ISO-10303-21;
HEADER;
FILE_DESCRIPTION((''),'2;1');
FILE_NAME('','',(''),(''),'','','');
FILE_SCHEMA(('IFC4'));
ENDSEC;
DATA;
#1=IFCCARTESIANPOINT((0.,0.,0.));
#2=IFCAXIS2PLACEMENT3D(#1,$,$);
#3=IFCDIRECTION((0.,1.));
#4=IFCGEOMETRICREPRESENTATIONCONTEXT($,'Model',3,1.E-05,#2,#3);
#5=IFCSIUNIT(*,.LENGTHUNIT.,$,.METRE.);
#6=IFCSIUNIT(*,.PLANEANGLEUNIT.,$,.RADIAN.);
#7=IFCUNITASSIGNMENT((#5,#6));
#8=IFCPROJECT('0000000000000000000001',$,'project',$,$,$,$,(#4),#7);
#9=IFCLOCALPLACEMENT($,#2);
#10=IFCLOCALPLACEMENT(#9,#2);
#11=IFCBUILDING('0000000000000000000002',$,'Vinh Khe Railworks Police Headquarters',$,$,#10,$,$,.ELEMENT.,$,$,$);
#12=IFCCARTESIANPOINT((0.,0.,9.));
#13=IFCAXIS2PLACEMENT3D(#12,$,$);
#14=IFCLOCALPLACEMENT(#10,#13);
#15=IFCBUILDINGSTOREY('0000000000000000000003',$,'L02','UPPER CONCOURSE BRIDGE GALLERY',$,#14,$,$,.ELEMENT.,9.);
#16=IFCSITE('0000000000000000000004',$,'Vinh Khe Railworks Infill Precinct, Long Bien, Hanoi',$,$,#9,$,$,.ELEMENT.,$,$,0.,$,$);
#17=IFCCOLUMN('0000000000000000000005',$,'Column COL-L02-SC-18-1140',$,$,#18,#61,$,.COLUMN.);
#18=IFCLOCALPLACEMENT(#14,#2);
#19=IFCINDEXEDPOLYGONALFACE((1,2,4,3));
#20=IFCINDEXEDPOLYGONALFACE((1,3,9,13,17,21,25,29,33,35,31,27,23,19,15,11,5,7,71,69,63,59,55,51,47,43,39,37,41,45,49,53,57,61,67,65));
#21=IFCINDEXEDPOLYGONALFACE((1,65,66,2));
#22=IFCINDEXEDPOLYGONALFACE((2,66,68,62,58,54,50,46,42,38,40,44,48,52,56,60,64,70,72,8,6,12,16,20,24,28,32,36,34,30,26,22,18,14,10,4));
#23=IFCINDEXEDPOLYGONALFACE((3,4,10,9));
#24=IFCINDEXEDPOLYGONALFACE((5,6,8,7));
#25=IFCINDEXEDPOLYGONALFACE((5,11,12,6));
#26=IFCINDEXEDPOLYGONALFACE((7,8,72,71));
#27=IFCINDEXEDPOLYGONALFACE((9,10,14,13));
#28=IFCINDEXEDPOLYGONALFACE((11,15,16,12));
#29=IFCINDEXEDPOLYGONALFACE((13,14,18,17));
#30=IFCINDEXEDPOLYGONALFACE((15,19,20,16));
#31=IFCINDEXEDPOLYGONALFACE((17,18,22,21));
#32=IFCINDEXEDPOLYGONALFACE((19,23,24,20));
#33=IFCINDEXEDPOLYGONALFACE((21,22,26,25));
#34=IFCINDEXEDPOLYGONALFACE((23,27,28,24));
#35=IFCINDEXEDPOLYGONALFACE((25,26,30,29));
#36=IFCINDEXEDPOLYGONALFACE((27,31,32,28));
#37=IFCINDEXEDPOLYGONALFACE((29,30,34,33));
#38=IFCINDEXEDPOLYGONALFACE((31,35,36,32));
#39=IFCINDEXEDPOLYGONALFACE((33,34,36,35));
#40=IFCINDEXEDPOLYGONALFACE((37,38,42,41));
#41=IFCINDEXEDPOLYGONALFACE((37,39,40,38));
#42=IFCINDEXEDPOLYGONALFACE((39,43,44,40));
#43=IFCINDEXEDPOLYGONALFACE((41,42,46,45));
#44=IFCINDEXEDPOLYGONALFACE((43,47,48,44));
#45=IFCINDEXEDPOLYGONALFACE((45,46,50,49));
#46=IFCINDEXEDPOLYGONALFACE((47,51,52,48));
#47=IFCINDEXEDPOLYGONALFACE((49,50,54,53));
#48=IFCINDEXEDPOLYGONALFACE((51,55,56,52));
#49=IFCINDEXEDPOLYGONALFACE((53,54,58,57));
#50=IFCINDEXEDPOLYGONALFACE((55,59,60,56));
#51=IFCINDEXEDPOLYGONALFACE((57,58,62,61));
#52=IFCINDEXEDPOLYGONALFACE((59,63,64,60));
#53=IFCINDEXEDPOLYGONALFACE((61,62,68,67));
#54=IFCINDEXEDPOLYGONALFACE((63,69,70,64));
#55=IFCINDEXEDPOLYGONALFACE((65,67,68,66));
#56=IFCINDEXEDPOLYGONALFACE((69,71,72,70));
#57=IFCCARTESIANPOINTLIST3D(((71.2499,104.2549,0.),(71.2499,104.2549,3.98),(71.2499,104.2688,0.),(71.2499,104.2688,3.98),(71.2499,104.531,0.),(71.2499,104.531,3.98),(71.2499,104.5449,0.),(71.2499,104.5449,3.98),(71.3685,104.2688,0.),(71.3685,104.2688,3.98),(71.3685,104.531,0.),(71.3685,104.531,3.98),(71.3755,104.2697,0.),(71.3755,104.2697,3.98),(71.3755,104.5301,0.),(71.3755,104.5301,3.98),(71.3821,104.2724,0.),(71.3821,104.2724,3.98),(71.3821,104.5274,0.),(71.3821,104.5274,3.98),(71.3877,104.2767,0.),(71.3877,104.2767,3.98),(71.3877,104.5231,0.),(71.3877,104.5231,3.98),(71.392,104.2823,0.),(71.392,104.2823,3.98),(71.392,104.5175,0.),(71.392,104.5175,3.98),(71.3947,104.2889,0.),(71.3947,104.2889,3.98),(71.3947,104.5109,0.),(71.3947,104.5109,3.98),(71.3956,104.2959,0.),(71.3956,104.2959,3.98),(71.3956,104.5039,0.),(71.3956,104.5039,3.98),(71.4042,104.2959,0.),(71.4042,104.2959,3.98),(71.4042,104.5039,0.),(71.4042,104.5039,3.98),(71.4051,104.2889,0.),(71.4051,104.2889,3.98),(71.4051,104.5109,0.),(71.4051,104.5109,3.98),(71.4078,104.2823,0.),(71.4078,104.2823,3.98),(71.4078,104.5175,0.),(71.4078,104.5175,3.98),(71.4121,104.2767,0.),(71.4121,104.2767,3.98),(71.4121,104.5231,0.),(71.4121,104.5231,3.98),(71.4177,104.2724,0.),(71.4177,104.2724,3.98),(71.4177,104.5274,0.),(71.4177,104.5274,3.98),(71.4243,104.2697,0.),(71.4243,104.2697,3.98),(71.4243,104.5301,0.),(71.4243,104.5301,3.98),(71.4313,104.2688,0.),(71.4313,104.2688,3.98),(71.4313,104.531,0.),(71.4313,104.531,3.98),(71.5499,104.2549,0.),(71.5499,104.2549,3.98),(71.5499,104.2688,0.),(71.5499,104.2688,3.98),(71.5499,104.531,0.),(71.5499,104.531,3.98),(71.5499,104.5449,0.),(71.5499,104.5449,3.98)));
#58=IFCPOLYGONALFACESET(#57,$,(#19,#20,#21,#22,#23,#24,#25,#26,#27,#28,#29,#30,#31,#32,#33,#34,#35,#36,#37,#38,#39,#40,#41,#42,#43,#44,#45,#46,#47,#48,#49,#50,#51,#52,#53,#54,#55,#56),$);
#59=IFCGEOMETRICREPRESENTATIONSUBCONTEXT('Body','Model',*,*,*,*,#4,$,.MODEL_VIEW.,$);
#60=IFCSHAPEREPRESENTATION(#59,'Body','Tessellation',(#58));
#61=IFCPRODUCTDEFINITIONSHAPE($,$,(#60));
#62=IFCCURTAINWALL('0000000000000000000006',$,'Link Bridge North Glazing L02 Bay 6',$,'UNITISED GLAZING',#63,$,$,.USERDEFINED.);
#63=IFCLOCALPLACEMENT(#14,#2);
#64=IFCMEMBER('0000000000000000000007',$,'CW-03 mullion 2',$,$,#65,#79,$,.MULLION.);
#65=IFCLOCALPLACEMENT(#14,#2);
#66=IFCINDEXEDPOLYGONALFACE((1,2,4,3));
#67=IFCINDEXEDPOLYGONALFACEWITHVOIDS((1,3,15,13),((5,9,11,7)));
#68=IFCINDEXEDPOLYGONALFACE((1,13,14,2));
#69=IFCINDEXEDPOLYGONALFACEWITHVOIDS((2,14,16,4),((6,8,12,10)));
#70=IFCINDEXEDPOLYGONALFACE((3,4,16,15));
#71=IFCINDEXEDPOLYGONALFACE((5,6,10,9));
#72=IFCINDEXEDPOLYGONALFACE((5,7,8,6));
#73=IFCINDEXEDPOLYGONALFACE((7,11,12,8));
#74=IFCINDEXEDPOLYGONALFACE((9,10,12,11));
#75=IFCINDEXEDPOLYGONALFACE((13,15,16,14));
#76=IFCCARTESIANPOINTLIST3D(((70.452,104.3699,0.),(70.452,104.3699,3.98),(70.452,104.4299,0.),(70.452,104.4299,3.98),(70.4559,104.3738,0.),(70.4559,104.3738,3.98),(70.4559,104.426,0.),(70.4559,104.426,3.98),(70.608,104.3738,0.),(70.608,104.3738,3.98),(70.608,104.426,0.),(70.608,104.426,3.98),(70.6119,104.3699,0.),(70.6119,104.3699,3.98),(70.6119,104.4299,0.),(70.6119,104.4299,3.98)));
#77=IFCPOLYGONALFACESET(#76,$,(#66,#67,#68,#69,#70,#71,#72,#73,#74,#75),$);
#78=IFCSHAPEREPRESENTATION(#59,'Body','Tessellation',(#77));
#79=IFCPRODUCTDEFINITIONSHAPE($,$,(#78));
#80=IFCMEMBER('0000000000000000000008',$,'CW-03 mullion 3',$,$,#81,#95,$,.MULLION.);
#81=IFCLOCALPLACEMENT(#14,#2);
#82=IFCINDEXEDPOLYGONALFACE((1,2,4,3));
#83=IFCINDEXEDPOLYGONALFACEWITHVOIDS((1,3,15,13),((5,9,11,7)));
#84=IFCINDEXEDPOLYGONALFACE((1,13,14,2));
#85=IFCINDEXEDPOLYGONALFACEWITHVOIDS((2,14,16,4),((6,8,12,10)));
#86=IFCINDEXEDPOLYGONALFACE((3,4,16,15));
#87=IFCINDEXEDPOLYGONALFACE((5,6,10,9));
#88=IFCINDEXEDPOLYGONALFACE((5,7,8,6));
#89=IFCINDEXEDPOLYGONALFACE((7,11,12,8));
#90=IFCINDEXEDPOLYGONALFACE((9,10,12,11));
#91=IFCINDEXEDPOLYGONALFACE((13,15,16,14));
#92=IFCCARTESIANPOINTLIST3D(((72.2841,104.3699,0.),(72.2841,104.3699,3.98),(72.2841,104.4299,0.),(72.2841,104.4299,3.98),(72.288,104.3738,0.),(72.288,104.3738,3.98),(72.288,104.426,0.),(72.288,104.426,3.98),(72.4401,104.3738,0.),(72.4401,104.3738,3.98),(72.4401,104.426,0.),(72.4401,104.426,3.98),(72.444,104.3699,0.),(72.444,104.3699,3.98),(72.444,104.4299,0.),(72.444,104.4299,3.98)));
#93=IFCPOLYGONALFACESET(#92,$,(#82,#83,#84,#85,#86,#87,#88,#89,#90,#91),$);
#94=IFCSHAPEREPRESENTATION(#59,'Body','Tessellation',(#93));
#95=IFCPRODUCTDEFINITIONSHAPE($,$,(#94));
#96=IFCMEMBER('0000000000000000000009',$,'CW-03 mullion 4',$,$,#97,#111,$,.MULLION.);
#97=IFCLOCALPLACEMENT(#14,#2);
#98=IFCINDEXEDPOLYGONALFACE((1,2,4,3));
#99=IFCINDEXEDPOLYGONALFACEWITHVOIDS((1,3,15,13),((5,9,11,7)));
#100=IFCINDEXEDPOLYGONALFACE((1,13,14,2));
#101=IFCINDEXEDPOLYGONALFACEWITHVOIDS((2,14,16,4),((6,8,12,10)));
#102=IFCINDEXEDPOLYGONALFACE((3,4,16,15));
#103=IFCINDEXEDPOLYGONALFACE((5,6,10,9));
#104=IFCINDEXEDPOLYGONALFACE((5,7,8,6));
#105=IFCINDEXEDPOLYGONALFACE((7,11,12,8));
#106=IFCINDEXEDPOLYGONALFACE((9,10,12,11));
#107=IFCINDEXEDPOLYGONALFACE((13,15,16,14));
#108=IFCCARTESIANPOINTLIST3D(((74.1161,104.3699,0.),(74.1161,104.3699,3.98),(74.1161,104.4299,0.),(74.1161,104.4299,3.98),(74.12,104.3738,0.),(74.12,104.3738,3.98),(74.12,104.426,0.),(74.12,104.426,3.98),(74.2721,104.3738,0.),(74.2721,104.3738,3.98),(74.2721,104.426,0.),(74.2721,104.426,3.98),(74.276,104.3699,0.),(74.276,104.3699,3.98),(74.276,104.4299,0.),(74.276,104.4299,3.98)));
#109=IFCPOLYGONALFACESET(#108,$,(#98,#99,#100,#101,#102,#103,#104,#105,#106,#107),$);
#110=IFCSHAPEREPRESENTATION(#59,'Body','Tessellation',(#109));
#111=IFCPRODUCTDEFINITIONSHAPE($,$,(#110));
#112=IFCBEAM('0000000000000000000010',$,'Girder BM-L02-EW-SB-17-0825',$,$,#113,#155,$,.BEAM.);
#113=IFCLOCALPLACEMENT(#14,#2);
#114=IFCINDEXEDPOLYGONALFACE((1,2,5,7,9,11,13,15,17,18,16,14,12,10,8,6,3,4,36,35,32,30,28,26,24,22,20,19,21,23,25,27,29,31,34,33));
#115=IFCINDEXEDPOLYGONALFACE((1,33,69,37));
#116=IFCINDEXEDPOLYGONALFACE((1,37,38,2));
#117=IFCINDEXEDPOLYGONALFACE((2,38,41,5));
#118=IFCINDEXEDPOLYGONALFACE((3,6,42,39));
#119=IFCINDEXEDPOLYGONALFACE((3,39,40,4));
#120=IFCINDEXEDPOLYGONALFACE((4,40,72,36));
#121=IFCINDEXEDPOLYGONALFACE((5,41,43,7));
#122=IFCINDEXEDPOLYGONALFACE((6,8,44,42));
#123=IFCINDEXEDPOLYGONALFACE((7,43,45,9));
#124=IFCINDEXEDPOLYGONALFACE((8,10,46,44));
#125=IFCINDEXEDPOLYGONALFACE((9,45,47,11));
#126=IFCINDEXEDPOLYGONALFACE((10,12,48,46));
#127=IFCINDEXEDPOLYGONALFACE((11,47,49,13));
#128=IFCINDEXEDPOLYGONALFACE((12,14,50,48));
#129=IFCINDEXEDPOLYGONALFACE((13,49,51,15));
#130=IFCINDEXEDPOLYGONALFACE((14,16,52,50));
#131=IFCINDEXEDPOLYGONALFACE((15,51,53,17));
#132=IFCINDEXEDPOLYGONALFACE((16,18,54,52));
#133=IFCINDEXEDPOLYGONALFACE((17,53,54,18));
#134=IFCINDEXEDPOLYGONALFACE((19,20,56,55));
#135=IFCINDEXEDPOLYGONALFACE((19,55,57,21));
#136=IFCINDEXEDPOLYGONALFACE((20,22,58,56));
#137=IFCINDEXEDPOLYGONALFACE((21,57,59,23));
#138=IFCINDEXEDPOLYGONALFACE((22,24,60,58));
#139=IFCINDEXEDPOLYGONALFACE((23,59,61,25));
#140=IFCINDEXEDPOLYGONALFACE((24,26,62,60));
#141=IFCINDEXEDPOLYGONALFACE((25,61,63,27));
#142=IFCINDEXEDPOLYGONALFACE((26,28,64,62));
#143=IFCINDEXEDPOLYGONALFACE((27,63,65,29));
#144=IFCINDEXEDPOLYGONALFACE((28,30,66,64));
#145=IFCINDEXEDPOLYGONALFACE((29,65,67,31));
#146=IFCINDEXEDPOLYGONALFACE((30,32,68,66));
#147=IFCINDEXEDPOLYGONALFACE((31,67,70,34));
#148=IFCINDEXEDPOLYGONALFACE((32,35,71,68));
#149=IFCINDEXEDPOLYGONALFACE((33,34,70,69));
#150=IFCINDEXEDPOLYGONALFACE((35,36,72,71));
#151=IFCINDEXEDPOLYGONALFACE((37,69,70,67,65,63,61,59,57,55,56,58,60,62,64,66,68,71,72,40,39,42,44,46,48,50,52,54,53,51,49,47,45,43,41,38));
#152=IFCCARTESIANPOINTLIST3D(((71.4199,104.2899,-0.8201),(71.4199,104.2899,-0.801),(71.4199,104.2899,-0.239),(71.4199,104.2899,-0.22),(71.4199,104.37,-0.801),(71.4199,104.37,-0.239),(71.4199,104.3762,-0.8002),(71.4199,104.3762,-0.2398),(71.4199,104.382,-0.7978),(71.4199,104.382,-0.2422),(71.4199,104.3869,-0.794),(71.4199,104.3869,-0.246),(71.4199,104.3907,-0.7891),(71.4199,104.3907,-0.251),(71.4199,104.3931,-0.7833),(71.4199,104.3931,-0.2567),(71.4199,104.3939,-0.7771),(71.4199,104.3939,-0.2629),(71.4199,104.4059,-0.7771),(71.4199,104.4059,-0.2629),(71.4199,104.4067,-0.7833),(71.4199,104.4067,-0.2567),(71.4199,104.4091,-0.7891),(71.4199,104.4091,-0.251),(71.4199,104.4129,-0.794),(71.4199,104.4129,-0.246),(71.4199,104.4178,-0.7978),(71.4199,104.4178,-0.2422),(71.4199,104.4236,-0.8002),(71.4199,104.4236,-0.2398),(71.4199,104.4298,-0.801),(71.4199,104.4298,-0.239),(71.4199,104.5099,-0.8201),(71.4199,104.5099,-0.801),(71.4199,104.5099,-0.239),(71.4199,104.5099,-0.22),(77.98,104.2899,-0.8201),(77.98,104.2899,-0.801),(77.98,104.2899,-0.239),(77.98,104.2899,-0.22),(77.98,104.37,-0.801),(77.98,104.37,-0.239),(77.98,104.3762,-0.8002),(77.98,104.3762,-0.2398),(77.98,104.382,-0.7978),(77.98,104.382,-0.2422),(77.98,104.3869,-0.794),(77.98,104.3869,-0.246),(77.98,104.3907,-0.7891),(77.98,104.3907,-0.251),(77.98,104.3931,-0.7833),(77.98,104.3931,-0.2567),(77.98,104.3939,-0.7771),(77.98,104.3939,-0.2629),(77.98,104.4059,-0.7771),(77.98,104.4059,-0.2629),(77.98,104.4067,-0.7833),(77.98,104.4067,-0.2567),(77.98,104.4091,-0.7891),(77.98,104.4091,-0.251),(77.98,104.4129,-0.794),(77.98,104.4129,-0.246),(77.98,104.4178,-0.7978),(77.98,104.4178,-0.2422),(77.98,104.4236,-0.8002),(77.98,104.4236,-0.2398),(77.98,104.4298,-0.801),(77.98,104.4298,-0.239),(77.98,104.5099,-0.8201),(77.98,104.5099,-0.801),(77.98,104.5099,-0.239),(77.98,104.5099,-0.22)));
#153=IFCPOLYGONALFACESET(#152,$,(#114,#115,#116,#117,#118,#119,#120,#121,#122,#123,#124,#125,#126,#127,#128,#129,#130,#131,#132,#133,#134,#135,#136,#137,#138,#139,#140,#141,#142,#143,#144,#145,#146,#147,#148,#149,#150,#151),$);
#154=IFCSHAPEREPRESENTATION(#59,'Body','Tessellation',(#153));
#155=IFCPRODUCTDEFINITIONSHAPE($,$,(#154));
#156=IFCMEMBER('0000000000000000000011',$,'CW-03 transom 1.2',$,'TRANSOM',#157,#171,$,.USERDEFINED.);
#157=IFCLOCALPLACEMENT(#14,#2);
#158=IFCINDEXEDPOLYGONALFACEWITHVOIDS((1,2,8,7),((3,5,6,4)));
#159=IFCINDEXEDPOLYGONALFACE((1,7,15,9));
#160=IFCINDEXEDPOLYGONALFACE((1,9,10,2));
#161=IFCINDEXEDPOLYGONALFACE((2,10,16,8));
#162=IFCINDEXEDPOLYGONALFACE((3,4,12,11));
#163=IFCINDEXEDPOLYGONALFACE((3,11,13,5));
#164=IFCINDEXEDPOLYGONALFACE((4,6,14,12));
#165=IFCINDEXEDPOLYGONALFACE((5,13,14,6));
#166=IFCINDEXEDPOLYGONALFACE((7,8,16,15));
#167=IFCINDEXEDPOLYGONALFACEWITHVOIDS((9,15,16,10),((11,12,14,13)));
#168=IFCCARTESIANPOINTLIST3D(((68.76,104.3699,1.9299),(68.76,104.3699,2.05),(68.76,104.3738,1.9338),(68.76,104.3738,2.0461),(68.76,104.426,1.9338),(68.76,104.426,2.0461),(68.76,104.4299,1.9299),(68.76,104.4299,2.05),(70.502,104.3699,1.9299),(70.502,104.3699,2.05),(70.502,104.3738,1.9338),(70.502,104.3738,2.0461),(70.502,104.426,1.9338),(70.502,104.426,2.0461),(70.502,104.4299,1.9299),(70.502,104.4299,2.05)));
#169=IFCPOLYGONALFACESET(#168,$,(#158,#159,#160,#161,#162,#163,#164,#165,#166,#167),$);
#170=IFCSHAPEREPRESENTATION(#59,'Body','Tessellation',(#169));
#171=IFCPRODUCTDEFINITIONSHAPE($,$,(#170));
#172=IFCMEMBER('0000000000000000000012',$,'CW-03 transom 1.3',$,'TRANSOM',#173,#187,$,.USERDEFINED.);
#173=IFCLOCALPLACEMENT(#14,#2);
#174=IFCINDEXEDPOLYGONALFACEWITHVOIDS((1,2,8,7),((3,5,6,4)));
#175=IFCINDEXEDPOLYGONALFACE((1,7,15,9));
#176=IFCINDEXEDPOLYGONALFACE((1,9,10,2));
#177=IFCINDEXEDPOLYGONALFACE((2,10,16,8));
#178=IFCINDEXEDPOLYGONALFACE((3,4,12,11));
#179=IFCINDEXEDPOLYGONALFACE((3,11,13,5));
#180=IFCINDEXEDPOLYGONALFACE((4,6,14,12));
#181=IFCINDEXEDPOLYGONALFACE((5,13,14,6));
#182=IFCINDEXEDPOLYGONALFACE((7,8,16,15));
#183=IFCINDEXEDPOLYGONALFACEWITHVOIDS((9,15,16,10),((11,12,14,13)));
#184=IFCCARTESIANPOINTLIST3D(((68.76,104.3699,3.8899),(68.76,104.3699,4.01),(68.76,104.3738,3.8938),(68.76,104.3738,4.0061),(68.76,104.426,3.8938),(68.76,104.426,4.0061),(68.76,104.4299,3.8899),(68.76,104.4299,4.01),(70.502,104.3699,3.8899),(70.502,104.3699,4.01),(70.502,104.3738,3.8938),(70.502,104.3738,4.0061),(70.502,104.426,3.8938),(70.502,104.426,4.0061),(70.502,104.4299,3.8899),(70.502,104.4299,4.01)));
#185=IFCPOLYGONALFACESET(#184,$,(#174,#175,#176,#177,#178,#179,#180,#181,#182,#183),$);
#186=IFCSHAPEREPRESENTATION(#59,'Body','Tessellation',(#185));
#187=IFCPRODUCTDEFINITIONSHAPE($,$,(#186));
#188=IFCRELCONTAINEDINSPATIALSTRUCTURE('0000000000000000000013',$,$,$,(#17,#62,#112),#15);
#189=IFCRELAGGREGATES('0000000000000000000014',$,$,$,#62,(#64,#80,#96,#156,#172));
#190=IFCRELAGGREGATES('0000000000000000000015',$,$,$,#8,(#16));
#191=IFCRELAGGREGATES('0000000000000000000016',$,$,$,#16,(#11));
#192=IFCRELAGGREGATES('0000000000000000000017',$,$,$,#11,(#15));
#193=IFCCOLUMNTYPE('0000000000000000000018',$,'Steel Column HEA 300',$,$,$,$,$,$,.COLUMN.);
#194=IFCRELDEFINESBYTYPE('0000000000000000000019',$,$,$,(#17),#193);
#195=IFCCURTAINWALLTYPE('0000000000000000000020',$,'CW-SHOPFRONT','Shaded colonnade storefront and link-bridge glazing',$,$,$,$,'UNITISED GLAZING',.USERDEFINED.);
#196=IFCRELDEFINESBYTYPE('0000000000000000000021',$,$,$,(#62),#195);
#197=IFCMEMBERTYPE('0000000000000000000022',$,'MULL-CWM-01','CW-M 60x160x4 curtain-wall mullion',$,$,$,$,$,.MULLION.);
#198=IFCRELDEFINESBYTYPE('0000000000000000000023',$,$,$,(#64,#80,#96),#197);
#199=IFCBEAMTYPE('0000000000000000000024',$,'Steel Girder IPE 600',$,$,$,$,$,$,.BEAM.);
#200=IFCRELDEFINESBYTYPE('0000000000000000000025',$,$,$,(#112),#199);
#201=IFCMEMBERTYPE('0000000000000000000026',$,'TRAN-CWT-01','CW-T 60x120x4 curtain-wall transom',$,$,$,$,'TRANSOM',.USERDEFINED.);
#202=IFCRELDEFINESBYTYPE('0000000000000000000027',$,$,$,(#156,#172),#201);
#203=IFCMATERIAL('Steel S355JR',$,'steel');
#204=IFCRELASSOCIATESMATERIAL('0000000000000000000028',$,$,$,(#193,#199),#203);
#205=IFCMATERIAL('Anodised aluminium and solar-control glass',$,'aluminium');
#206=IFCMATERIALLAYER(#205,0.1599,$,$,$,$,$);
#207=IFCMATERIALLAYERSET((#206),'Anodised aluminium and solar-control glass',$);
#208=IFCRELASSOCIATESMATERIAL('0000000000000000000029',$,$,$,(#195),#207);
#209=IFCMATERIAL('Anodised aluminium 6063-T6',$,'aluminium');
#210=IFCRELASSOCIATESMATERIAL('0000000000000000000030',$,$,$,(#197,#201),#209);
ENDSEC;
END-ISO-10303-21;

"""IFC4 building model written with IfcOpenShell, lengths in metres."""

from ifc_helpers import new_model, si_unit, direction, frame, origin, origin_2d, place, context, subcontext, project, spatial, hollow_rectangle, i_section, extrude, material, layer, layer_set, material_profile, profile_set, type_object, element, aggregate, save


model = new_model("IFC4")

# Units and contexts
model_context = context("Model", 3, precision=1e-05, world=origin(), true_north=direction((0.0, 1.0)))
body_context = subcontext(model_context, "Body", "Model", "MODEL_VIEW")
ifc_project = project(units=[si_unit("LENGTHUNIT", "METRE"), si_unit("PLANEANGLEUNIT", "RADIAN")], contexts=[model_context])

# Site, building, storey
site_placement = place(None, origin())
site = spatial("IfcSite", under=ifc_project, at=site_placement, Name="Vinh Khe Railworks Infill Precinct, Long Bien, Hanoi", CompositionType="ELEMENT", RefElevation=0.0)
building_placement = place(site_placement, origin())
building = spatial("IfcBuilding", under=site, at=building_placement, Name="Vinh Khe Railworks Police Headquarters", CompositionType="ELEMENT")
storey_placement = place(building_placement, frame((0.0, 0.0, 9.0)))
storey = spatial("IfcBuildingStorey", under=building, at=storey_placement, Name="L02", Description="UPPER CONCOURSE BRIDGE GALLERY", CompositionType="ELEMENT", Elevation=9.0)

# Column
ifc_material_1 = material(Name="Steel S355JR", Category="steel")
ifc_material_profile_1 = material_profile(ifc_material_1, i_section(OverallWidth=0.3, OverallDepth=0.29, WebThickness=0.0085, FlangeThickness=0.0139, FilletRadius=0.0271, at=origin_2d()), Name="HEA 300")
ifc_profile_set_1 = profile_set([ifc_material_profile_1], Name="Steel S355JR")
column_type = type_object("IfcColumnType", Name="Steel Column HEA 300", PredefinedType="COLUMN", material=ifc_profile_set_1)
column_placement = place(storey_placement, frame((71.3999, 104.3999, 0.0), z_axis=(0.0, 0.0, 1.0), x_axis=(1.0, 0.0, 0.0)))
element("IfcColumn", 1, at=column_placement, inside=storey, type_object=column_type, Name="Column COL-L02-SC-18-1140", PredefinedType="COLUMN", context=body_context, shape_type="SweptSolid", body=[
    extrude(i_section(OverallWidth=0.3, OverallDepth=0.29, WebThickness=0.0085, FlangeThickness=0.0139, FilletRadius=0.0271, at=origin_2d()), origin(), (0.0, 0.0, 1.0), 3.98),
])

# Curtain wall, members
ifc_material_2 = material(Name="Anodised aluminium and solar-control glass", Category="aluminium")
ifc_layer_1 = layer(ifc_material_2, 0.1599)
ifc_layer_set_1 = layer_set([ifc_layer_1], Name="Anodised aluminium and solar-control glass")
curtain_wall_type = type_object("IfcCurtainWallType", Name="CW-SHOPFRONT", Description="Shaded colonnade storefront and link-bridge glazing", ElementType="UNITISED GLAZING", PredefinedType="USERDEFINED", material=ifc_layer_set_1)
curtain_wall_placement = place(storey_placement, origin())
curtain_wall = element("IfcCurtainWall", 2, at=curtain_wall_placement, inside=storey, type_object=curtain_wall_type, Name="Link Bridge North Glazing L02 Bay 6", ObjectType="UNITISED GLAZING", PredefinedType="USERDEFINED")
ifc_material_3 = material(Name="Anodised aluminium 6063-T6", Category="aluminium")
ifc_material_profile_2 = material_profile(ifc_material_3, hollow_rectangle(XDim=0.0601, YDim=0.1599, WallThickness=0.0039, at=origin_2d()), Name="CW-M 60x160x4")
ifc_profile_set_2 = profile_set([ifc_material_profile_2], Name="Anodised aluminium 6063-T6")
member_type_1 = type_object("IfcMemberType", Name="MULL-CWM-01", Description="CW-M 60x160x4 curtain-wall mullion", PredefinedType="MULLION", material=ifc_profile_set_2)
member_1_placement = place(storey_placement, frame((70.532, 104.3999, 0.0), z_axis=(0.0, 0.0, 1.0), x_axis=(0.0, 1.0, 0.0)))
member_1 = element("IfcMember", 3, at=member_1_placement, type_object=member_type_1, Name="CW-03 mullion 2", PredefinedType="MULLION", context=body_context, shape_type="SweptSolid", body=[
    extrude(hollow_rectangle(XDim=0.0601, YDim=0.1599, WallThickness=0.0039, at=origin_2d()), origin(), (0.0, 0.0, 1.0), 3.98),
])
member_2_placement = place(storey_placement, frame((72.364, 104.3999, 0.0), z_axis=(0.0, 0.0, 1.0), x_axis=(0.0, 1.0, 0.0)))
member_2 = element("IfcMember", 4, at=member_2_placement, type_object=member_type_1, Name="CW-03 mullion 3", PredefinedType="MULLION", context=body_context, shape_type="SweptSolid", body=[
    extrude(hollow_rectangle(XDim=0.0601, YDim=0.1599, WallThickness=0.0039, at=origin_2d()), origin(), (0.0, 0.0, 1.0), 3.98),
])
member_3_placement = place(storey_placement, frame((74.196, 104.3999, 0.0), z_axis=(0.0, 0.0, 1.0), x_axis=(0.0, 1.0, 0.0)))
member_3 = element("IfcMember", 5, at=member_3_placement, type_object=member_type_1, Name="CW-03 mullion 4", PredefinedType="MULLION", context=body_context, shape_type="SweptSolid", body=[
    extrude(hollow_rectangle(XDim=0.0601, YDim=0.1599, WallThickness=0.0039, at=origin_2d()), origin(), (0.0, 0.0, 1.0), 3.98),
])

# Beam
ifc_material_profile_3 = material_profile(ifc_material_1, i_section(OverallWidth=0.22, OverallDepth=0.6001, WebThickness=0.012, FlangeThickness=0.019, FilletRadius=0.0239, at=origin_2d()), Name="IPE 600")
ifc_profile_set_3 = profile_set([ifc_material_profile_3], Name="Steel S355JR")
beam_type = type_object("IfcBeamType", Name="Steel Girder IPE 600", PredefinedType="BEAM", material=ifc_profile_set_3)
beam_placement = place(storey_placement, frame((71.4199, 104.3999, -0.52), z_axis=(1.0, 0.0, 0.0), x_axis=(0.0, 1.0, 0.0)))
element("IfcBeam", 6, at=beam_placement, inside=storey, type_object=beam_type, Name="Girder BM-L02-EW-SB-17-0825", PredefinedType="BEAM", context=body_context, shape_type="SweptSolid", body=[
    extrude(i_section(OverallWidth=0.22, OverallDepth=0.6001, WebThickness=0.012, FlangeThickness=0.019, FilletRadius=0.0239, at=origin_2d()), origin(), (0.0, 0.0, 1.0), 6.5601),
])

# Members
ifc_material_profile_4 = material_profile(ifc_material_3, hollow_rectangle(XDim=0.0601, YDim=0.1201, WallThickness=0.0039, at=origin_2d()), Name="CW-T 60x120x4")
ifc_profile_set_4 = profile_set([ifc_material_profile_4], Name="Anodised aluminium 6063-T6")
member_type_2 = type_object("IfcMemberType", Name="TRAN-CWT-01", Description="CW-T 60x120x4 curtain-wall transom", ElementType="TRANSOM", PredefinedType="USERDEFINED", material=ifc_profile_set_4)
member_4_placement = place(storey_placement, frame((68.76, 104.3999, 1.99), z_axis=(1.0, 0.0, 0.0), x_axis=(0.0, 1.0, 0.0)))
member_4 = element("IfcMember", 7, at=member_4_placement, type_object=member_type_2, Name="CW-03 transom 1.2", ObjectType="TRANSOM", PredefinedType="USERDEFINED", context=body_context, shape_type="SweptSolid", body=[
    extrude(hollow_rectangle(XDim=0.0601, YDim=0.1201, WallThickness=0.0039, at=origin_2d()), origin(), (0.0, 0.0, 1.0), 1.7419),
])
member_5_placement = place(storey_placement, frame((68.76, 104.3999, 3.95), z_axis=(1.0, 0.0, 0.0), x_axis=(0.0, 1.0, 0.0)))
member_5 = element("IfcMember", 8, at=member_5_placement, type_object=member_type_2, Name="CW-03 transom 1.3", ObjectType="TRANSOM", PredefinedType="USERDEFINED", context=body_context, shape_type="SweptSolid", body=[
    extrude(hollow_rectangle(XDim=0.0601, YDim=0.1201, WallThickness=0.0039, at=origin_2d()), origin(), (0.0, 0.0, 1.0), 1.7419),
])

aggregate(curtain_wall, [member_1, member_2, member_3, member_4, member_5])

save(model, "model.ifc")
